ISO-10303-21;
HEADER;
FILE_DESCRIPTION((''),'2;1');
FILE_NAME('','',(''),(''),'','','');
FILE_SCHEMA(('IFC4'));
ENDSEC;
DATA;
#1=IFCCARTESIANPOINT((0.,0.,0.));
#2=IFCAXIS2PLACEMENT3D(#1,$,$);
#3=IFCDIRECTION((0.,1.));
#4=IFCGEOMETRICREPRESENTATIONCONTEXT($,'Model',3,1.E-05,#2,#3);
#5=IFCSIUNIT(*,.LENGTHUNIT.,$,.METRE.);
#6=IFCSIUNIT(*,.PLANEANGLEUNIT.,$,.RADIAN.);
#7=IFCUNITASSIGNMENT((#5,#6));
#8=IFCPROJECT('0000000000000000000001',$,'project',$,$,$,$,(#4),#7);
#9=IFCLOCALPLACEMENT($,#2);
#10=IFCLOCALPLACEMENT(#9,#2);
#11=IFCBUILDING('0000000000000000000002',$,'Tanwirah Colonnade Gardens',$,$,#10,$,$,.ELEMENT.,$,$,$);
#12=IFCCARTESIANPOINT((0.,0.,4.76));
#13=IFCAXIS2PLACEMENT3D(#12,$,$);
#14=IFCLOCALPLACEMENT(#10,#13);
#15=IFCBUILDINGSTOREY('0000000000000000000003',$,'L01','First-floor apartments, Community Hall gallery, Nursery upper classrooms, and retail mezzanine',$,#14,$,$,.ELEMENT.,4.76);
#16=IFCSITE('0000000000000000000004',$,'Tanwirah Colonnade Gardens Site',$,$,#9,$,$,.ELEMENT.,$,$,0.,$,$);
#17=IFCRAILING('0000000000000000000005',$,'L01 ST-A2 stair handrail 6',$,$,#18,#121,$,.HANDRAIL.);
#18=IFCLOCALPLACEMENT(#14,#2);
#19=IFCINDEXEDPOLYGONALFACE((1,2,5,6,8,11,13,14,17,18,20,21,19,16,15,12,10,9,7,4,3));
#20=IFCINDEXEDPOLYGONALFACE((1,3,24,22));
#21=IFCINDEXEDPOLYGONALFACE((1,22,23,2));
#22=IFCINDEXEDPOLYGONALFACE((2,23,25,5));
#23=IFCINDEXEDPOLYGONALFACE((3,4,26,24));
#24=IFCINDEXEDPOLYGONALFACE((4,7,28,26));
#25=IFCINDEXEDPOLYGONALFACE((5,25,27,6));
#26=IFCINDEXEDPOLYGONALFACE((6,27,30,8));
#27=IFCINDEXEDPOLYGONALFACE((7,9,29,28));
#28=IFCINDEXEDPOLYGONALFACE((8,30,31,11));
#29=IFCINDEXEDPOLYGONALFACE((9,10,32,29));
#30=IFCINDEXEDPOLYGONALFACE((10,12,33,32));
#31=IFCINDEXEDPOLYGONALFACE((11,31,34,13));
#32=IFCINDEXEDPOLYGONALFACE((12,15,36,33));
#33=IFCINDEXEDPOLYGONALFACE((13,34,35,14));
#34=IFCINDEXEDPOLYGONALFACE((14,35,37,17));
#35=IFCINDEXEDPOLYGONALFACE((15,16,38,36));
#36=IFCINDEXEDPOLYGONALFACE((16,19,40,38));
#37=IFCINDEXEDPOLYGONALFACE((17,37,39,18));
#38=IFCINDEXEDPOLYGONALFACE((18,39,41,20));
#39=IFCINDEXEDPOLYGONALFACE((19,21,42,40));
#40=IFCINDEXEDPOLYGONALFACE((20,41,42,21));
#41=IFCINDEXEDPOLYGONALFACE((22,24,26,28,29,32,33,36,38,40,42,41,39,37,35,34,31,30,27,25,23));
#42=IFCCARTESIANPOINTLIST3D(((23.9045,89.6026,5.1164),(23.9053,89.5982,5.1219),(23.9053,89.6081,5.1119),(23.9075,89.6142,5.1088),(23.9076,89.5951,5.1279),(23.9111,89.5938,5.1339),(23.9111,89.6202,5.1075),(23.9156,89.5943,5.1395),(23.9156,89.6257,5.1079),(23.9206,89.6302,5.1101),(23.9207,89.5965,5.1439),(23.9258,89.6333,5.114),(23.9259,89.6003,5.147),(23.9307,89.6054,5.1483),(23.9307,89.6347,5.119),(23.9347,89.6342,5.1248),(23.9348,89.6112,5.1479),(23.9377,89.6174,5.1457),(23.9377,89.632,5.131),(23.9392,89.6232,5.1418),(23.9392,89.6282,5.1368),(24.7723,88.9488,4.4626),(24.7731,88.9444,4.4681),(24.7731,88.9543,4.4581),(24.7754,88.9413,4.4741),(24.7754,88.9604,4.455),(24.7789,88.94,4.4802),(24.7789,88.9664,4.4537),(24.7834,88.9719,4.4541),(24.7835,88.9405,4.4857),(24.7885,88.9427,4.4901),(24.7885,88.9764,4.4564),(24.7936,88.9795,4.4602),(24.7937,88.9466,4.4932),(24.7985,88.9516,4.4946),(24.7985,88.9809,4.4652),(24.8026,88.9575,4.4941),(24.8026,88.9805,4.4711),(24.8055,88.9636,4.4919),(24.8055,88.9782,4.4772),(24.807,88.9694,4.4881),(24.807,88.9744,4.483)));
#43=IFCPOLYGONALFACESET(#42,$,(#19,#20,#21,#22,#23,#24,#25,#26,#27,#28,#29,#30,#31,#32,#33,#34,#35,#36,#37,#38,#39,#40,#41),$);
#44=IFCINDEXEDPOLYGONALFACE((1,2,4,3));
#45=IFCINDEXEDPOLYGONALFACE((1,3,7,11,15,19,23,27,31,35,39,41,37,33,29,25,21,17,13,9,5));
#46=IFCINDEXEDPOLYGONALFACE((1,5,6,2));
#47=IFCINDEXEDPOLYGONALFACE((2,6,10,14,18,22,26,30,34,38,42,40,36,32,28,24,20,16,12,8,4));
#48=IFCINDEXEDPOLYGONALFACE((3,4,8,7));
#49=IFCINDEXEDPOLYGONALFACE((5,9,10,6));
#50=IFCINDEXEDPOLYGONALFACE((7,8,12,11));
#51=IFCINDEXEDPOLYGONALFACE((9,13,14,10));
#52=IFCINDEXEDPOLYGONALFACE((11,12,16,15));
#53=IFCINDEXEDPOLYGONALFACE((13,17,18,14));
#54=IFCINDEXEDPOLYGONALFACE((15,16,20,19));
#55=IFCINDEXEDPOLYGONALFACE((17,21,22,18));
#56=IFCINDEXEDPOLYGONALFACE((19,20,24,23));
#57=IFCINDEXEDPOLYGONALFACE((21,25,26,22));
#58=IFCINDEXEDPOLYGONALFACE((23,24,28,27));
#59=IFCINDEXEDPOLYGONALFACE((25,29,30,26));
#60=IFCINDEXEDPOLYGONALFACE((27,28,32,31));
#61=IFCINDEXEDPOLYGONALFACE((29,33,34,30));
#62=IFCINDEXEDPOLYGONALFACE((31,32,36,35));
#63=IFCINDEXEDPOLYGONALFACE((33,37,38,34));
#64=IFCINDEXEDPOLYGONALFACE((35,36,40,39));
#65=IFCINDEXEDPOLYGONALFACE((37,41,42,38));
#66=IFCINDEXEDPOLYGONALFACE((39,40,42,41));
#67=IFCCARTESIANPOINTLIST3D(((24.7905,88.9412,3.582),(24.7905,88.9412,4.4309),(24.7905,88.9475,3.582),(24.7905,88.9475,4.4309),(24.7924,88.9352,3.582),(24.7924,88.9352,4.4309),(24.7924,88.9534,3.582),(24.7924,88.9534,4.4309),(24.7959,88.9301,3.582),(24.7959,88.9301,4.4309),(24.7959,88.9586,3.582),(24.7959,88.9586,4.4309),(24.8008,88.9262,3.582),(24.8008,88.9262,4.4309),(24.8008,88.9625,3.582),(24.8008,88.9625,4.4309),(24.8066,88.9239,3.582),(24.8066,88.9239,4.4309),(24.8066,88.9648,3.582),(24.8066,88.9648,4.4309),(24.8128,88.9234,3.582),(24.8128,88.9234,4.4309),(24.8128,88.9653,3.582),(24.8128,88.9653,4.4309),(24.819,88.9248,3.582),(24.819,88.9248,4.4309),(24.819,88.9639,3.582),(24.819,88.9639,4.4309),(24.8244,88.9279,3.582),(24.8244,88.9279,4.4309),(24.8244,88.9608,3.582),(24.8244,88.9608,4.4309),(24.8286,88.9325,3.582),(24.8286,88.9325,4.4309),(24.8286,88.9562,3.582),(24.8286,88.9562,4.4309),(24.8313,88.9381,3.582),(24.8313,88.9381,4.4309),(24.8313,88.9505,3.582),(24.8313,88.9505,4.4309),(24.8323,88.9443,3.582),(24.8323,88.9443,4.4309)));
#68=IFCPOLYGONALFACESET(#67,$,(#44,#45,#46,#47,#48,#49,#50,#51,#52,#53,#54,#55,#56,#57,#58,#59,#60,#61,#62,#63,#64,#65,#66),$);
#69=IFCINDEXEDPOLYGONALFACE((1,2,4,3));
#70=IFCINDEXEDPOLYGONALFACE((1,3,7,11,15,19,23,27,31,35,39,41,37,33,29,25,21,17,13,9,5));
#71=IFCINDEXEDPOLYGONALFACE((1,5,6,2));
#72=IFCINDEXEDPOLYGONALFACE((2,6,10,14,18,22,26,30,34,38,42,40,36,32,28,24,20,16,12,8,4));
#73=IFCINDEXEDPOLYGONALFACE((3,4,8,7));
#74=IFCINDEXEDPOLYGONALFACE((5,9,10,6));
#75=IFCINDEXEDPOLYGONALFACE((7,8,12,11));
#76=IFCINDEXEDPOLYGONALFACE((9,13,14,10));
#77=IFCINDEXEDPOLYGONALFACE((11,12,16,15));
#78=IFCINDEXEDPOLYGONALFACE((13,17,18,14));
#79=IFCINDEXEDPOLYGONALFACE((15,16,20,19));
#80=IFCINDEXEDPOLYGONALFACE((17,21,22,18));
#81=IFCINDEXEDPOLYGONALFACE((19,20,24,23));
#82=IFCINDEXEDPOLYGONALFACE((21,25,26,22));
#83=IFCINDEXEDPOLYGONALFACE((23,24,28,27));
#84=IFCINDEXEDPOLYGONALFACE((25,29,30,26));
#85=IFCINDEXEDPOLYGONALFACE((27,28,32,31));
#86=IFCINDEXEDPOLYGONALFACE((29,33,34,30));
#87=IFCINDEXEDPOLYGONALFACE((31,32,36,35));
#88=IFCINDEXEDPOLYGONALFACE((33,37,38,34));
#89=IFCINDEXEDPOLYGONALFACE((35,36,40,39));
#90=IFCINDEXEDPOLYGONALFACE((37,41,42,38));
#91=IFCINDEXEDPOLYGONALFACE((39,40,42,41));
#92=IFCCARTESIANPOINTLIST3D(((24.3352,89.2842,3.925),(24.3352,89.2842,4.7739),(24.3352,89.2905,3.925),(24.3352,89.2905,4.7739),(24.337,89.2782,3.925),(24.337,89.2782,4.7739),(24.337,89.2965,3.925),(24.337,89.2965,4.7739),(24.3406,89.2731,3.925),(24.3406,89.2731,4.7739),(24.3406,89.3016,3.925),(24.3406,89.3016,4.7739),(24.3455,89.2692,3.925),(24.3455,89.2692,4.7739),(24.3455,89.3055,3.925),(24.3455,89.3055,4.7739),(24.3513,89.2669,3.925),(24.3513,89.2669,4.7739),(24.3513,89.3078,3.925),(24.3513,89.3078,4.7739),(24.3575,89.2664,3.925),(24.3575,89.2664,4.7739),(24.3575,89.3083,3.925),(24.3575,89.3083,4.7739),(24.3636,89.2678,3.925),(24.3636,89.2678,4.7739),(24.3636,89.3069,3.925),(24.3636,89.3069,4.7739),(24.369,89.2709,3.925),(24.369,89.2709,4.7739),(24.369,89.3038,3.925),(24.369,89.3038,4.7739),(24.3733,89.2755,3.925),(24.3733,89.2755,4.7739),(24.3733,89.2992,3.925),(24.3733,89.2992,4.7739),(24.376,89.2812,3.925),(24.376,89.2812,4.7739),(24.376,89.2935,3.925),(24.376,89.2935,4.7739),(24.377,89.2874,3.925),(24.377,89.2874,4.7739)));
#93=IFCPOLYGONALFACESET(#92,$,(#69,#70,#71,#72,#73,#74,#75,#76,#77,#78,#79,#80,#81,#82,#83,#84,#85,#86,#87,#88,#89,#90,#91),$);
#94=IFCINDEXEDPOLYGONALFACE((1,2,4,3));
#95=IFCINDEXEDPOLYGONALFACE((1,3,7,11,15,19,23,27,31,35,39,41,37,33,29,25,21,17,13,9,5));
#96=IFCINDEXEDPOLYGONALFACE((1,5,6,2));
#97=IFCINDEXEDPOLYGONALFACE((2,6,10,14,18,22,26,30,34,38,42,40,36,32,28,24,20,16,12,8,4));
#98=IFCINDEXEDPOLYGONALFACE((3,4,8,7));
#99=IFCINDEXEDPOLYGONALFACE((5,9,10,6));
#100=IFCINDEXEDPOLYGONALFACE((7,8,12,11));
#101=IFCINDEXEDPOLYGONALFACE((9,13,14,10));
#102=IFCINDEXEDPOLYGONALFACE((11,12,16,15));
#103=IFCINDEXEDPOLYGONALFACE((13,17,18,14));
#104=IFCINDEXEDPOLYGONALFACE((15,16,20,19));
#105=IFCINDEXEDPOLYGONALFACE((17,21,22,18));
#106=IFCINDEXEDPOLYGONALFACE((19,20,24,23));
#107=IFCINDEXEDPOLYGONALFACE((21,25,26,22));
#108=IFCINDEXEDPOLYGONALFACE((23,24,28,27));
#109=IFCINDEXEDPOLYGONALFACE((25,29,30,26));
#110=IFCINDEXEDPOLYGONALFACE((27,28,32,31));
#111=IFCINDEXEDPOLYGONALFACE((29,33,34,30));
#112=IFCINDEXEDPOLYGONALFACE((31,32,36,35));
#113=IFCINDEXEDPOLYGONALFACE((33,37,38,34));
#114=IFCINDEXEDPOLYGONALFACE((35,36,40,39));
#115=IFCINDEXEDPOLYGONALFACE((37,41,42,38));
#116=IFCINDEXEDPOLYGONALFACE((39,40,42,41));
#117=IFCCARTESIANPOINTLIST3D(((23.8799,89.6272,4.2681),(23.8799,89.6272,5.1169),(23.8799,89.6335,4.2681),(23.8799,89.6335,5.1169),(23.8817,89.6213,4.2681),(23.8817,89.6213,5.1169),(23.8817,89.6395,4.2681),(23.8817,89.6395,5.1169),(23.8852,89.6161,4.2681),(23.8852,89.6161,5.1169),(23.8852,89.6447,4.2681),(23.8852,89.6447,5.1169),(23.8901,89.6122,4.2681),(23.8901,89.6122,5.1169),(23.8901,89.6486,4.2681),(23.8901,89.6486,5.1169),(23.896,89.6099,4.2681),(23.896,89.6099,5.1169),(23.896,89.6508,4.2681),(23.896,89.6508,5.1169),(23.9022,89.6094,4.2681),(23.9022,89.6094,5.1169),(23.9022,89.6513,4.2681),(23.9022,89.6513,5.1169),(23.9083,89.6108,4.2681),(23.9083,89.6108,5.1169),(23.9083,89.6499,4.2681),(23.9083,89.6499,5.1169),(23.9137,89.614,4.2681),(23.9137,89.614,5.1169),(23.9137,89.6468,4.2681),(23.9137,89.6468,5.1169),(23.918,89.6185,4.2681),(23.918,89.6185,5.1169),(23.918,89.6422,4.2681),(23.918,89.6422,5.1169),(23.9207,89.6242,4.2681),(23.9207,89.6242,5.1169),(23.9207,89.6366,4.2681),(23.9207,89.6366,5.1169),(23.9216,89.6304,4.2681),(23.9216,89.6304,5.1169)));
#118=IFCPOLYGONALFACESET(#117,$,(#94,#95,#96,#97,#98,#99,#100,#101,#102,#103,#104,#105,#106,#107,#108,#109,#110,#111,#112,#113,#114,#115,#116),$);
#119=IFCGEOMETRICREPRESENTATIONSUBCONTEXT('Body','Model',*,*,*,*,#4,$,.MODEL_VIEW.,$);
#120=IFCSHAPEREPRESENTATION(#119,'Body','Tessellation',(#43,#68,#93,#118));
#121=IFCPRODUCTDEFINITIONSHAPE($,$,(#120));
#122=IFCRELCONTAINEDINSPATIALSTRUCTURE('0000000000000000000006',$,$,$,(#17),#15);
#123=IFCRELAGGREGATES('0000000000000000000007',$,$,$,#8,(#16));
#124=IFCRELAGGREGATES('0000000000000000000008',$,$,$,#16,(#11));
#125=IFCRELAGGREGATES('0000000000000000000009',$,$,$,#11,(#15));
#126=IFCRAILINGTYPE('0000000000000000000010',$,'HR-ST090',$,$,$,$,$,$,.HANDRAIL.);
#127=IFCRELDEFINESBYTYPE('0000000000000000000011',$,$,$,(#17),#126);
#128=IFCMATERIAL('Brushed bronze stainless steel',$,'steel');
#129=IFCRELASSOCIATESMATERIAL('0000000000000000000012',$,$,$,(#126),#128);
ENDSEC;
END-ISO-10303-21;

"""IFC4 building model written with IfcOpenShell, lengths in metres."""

from ifc_helpers import new_model, si_unit, direction, frame, origin, origin_2d, place, context, subcontext, project, spatial, circle, extrude, material, type_object, element, save


model = new_model("IFC4")

# Units and contexts
model_context = context("Model", 3, precision=1e-05, world=origin(), true_north=direction((0.0, 1.0)))
body_context = subcontext(model_context, "Body", "Model", "MODEL_VIEW")
ifc_project = project(units=[si_unit("LENGTHUNIT", "METRE"), si_unit("PLANEANGLEUNIT", "RADIAN")], contexts=[model_context])

# Site, building, storey
site_placement = place(None, origin())
site = spatial("IfcSite", under=ifc_project, at=site_placement, Name="Tanwirah Colonnade Gardens Site", CompositionType="ELEMENT", RefElevation=0.0)
building_placement = place(site_placement, origin())
building = spatial("IfcBuilding", under=site, at=building_placement, Name="Tanwirah Colonnade Gardens", CompositionType="ELEMENT")
storey_placement = place(building_placement, frame((0.0, 0.0, 4.76)))
storey = spatial("IfcBuildingStorey", under=building, at=storey_placement, Name="L01", Description="First-floor apartments, Community Hall gallery, Nursery upper classrooms, and retail mezzanine", CompositionType="ELEMENT", Elevation=4.76)

# Railing
ifc_material_1 = material(Name="Brushed bronze stainless steel", Category="steel")
railing_type_1 = type_object("IfcRailingType", Name="HR-ST090", PredefinedType="HANDRAIL", material=ifc_material_1)
railing_1_placement = place(storey_placement, frame((24.8113, 88.9443, 3.582)))
element("IfcRailing", 1, at=railing_1_placement, inside=storey, type_object=railing_type_1, Name="L01 ST-A2 stair handrail 6", PredefinedType="HANDRAIL", context=body_context, shape_type="SweptSolid", body=[
    extrude(circle(Radius=0.0239, at=origin_2d()), frame((-0.0215, 0.0161, 0.8921), z_axis=(-0.684374, 0.515574, 0.515574), x_axis=(-0.601712, -0.798713, 0.0)), (0.0, 0.0, 1.0), 1.2681),
    extrude(circle(Radius=0.021, at=origin_2d()), origin(), (0.0, 0.0, 1.0), 0.8489),
    extrude(circle(Radius=0.021, at=origin_2d()), frame((-0.4553, 0.343, 0.343)), (0.0, 0.0, 1.0), 0.8489),
    extrude(circle(Radius=0.021, at=origin_2d()), frame((-0.9106, 0.686, 0.686)), (0.0, 0.0, 1.0), 0.8489),
])

save(model, "model.ifc")
